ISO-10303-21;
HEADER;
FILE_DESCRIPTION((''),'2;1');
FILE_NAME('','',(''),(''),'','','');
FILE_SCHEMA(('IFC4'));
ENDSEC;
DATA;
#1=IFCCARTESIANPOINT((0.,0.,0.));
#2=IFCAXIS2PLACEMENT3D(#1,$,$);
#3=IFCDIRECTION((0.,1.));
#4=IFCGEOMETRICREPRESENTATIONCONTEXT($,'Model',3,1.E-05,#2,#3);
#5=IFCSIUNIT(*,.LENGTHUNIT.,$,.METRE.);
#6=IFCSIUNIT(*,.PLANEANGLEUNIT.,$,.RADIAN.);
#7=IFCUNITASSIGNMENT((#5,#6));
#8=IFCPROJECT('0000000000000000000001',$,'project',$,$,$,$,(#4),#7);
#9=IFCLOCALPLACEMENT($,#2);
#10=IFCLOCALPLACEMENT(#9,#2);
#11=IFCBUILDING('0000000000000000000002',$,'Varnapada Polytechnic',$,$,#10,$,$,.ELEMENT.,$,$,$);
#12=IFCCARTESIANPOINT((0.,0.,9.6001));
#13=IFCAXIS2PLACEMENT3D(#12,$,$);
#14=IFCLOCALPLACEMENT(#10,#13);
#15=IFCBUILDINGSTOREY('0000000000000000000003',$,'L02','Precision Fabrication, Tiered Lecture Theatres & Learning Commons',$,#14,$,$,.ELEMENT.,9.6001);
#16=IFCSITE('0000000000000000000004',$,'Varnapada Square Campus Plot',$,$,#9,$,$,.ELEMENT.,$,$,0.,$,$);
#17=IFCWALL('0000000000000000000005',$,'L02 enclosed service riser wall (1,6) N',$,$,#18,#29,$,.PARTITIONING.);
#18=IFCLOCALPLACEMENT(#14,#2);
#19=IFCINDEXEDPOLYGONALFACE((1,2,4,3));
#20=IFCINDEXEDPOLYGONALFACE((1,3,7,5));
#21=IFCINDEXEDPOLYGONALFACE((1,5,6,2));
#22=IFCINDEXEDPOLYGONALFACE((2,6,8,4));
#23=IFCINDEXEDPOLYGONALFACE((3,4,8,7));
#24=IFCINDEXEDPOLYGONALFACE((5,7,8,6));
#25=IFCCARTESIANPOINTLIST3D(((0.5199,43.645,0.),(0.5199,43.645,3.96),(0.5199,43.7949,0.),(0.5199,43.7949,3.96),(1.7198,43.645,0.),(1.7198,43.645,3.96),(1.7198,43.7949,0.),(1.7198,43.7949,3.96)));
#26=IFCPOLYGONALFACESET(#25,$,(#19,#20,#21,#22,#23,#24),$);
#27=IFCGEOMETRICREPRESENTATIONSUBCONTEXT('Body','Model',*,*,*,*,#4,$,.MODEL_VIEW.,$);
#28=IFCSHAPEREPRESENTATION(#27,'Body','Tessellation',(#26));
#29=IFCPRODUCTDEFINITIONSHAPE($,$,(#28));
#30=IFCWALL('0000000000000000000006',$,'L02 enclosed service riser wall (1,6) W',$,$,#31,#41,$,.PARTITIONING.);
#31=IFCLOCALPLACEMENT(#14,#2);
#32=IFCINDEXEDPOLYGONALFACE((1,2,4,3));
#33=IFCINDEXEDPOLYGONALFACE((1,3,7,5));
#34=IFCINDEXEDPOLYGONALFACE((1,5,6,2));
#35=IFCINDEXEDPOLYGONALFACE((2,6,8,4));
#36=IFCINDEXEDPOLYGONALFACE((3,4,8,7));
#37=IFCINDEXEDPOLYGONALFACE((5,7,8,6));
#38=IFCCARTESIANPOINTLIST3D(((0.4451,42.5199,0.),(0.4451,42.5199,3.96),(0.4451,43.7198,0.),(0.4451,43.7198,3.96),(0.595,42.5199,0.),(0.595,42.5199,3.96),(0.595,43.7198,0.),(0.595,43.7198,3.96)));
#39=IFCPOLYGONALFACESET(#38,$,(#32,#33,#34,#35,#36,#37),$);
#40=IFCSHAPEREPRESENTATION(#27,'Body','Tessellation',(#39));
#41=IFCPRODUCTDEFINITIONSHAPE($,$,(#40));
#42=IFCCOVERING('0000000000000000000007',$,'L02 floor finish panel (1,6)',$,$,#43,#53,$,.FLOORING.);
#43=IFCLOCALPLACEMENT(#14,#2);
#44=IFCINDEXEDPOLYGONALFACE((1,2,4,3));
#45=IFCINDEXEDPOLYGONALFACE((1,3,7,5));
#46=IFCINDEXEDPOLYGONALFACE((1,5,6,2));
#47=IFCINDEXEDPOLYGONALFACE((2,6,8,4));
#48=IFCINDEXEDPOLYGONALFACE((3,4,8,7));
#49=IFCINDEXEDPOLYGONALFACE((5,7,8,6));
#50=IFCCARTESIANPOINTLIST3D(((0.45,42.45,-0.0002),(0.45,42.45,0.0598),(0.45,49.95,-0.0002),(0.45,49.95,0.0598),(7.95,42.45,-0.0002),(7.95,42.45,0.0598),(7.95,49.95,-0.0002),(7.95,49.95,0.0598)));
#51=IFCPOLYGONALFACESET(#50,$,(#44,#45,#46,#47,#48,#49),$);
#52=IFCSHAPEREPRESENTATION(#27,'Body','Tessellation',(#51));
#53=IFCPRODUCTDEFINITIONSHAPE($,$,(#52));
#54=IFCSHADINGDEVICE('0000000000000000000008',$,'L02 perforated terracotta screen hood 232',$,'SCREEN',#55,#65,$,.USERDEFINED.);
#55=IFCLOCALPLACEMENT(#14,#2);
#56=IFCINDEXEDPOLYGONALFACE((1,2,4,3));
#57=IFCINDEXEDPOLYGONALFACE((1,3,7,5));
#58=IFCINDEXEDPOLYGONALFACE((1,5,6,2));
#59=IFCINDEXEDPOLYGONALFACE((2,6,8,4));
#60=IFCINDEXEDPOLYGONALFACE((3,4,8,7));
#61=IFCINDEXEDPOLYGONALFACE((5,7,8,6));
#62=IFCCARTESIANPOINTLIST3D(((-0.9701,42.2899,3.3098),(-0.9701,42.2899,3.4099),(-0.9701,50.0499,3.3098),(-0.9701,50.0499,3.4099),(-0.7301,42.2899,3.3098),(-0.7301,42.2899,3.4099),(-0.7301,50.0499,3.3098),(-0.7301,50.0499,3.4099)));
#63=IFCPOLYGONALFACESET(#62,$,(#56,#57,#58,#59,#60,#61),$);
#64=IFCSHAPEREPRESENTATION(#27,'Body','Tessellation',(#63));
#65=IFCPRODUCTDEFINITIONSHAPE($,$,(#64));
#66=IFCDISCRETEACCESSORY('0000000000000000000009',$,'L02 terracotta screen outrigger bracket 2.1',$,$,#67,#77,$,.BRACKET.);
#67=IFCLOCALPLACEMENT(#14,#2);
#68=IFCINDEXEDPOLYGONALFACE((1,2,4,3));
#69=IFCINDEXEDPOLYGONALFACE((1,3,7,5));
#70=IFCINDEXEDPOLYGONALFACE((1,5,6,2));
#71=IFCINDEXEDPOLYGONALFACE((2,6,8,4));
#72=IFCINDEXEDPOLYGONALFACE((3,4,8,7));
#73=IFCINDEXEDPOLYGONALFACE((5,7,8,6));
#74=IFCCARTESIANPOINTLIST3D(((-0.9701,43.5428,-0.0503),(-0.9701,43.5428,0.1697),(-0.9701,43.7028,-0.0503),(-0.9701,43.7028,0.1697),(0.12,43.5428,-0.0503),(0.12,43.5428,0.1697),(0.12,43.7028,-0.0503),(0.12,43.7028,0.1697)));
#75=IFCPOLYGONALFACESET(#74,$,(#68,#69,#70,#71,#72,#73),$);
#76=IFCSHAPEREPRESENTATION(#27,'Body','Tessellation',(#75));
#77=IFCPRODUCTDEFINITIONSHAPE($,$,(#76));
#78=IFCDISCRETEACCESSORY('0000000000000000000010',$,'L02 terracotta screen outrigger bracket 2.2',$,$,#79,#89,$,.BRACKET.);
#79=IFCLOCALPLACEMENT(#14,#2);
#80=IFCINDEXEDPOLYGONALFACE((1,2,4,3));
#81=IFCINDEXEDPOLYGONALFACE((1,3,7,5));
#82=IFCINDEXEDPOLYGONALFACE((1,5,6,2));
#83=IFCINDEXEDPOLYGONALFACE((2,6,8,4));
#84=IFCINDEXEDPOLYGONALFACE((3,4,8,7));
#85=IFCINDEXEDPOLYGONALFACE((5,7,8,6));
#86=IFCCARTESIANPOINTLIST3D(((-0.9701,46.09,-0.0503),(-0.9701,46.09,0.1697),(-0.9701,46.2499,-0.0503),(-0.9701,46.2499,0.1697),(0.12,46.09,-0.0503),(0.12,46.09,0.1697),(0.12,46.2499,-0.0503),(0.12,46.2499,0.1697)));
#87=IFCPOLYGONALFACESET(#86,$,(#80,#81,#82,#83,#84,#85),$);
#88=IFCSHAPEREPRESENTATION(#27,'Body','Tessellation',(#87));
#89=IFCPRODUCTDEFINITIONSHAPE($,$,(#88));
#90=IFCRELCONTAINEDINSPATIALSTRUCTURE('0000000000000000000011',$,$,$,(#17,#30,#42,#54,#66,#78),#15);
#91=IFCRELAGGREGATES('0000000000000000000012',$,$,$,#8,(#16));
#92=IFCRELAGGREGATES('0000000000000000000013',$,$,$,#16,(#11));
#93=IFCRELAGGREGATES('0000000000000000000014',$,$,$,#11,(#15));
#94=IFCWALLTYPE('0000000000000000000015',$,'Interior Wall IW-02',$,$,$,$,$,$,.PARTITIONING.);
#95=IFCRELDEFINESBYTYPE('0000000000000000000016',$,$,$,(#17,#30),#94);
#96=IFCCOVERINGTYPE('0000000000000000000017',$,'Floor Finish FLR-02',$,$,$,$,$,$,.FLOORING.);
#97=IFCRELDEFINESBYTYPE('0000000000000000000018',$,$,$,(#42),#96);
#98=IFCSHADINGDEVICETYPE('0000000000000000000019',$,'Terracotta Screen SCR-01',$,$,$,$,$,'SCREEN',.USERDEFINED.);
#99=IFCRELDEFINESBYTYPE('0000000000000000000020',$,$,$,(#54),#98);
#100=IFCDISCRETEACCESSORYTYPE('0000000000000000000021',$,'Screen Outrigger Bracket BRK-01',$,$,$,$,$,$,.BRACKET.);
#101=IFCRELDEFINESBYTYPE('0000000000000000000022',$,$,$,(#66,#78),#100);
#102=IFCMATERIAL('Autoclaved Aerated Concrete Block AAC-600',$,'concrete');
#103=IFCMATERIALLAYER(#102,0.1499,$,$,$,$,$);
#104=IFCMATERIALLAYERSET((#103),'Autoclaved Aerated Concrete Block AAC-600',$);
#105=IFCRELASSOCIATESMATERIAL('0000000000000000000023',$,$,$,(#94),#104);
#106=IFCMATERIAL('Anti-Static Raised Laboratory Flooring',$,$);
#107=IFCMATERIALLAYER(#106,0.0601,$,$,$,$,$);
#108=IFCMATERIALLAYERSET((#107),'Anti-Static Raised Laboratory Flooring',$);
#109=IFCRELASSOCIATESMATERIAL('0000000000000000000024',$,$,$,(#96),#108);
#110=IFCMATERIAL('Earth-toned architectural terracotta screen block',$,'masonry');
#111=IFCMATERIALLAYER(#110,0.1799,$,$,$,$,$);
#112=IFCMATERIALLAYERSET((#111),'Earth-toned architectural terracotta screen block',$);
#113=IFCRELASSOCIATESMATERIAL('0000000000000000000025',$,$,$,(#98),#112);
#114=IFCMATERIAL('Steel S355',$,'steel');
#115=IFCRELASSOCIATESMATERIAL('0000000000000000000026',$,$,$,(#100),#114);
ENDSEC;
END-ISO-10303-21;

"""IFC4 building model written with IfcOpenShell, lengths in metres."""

from ifc_helpers import new_model, si_unit, direction, frame, frame_2d, origin, origin_2d, place, context, subcontext, project, spatial, rectangle, extrude, material, layer, layer_set, type_object, element, save


model = new_model("IFC4")

# Units and contexts
model_context = context("Model", 3, precision=1e-05, world=origin(), true_north=direction((0.0, 1.0)))
body_context = subcontext(model_context, "Body", "Model", "MODEL_VIEW")
ifc_project = project(units=[si_unit("LENGTHUNIT", "METRE"), si_unit("PLANEANGLEUNIT", "RADIAN")], contexts=[model_context])

# Site, building, storey
site_placement = place(None, origin())
site = spatial("IfcSite", under=ifc_project, at=site_placement, Name="Varnapada Square Campus Plot", CompositionType="ELEMENT", RefElevation=0.0)
building_placement = place(site_placement, origin())
building = spatial("IfcBuilding", under=site, at=building_placement, Name="Varnapada Polytechnic", CompositionType="ELEMENT")
storey_placement = place(building_placement, frame((0.0, 0.0, 9.6001)))
storey = spatial("IfcBuildingStorey", under=building, at=storey_placement, Name="L02", Description="Precision Fabrication, Tiered Lecture Theatres & Learning Commons", CompositionType="ELEMENT", Elevation=9.6001)

# Walls
ifc_material_1 = material(Name="Autoclaved Aerated Concrete Block AAC-600", Category="concrete")
ifc_layer_1 = layer(ifc_material_1, 0.1499)
ifc_layer_set_1 = layer_set([ifc_layer_1], Name="Autoclaved Aerated Concrete Block AAC-600")
wall_type = type_object("IfcWallType", Name="Interior Wall IW-02", PredefinedType="PARTITIONING", material=ifc_layer_set_1)
for number, where, z_axis, x_axis, name in (
    (1, (1.72, 43.72, 0.0), (0.0, 0.0, 1.0), (-1.0, 0.0, 0.0), "L02 enclosed service riser wall (1,6) N"),
    (2, (0.52, 43.72, 0.0), (0.0, 0.0, 1.0), (0.0, -1.0, 0.0), "L02 enclosed service riser wall (1,6) W"),
):
    element("IfcWall", number, at=place(storey_placement, frame(where, z_axis=z_axis, x_axis=x_axis)), inside=storey, type_object=wall_type, Name=name, PredefinedType="PARTITIONING", context=body_context, shape_type="SweptSolid", body=[
        extrude(rectangle(XDim=1.2, YDim=0.1499, at=frame_2d((0.6001, 0.0))), origin(), (0.0, 0.0, 1.0), 3.96),
    ])

# Covering
ifc_material_2 = material(Name="Anti-Static Raised Laboratory Flooring")
ifc_layer_2 = layer(ifc_material_2, 0.0601)
ifc_layer_set_2 = layer_set([ifc_layer_2], Name="Anti-Static Raised Laboratory Flooring")
covering_type = type_object("IfcCoveringType", Name="Floor Finish FLR-02", PredefinedType="FLOORING", material=ifc_layer_set_2)
covering_placement = place(storey_placement, frame((4.2, 46.2, -0.0002), z_axis=(0.0, 0.0, 1.0), x_axis=(1.0, 0.0, 0.0)))
element("IfcCovering", 3, at=covering_placement, inside=storey, type_object=covering_type, Name="L02 floor finish panel (1,6)", PredefinedType="FLOORING", context=body_context, shape_type="SweptSolid", body=[
    extrude(rectangle(XDim=7.5, YDim=7.5, at=origin_2d()), origin(), (0.0, 0.0, 1.0), 0.0601),
])

# Shading device
ifc_material_3 = material(Name="Earth-toned architectural terracotta screen block", Category="masonry")
ifc_layer_3 = layer(ifc_material_3, 0.1799)
ifc_layer_set_3 = layer_set([ifc_layer_3], Name="Earth-toned architectural terracotta screen block")
shading_device_type = type_object("IfcShadingDeviceType", Name="Terracotta Screen SCR-01", ElementType="SCREEN", PredefinedType="USERDEFINED", material=ifc_layer_set_3)
shading_device_placement = place(storey_placement, frame((-0.8501, 46.1699, 3.3098), z_axis=(0.0, 0.0, 1.0), x_axis=(0.0, 1.0, 0.0)))
element("IfcShadingDevice", 4, at=shading_device_placement, inside=storey, type_object=shading_device_type, Name="L02 perforated terracotta screen hood 232", ObjectType="SCREEN", PredefinedType="USERDEFINED", context=body_context, shape_type="SweptSolid", body=[
    extrude(rectangle(XDim=7.76, YDim=0.24, at=origin_2d()), origin(), (0.0, 0.0, 1.0), 0.1001),
])

# Discrete accessories
ifc_material_4 = material(Name="Steel S355", Category="steel")
discrete_accessory_type = type_object("IfcDiscreteAccessoryType", Name="Screen Outrigger Bracket BRK-01", PredefinedType="BRACKET", material=ifc_material_4)
for number, where, z_axis, x_axis, name in (
    (5, (-0.425, 43.6228, -0.0503), (0.0, 0.0, 1.0), (0.0, 1.0, 0.0), "L02 terracotta screen outrigger bracket 2.1"),
    (6, (-0.425, 46.1699, -0.0503), (0.0, 0.0, 1.0), (0.0, 1.0, 0.0), "L02 terracotta screen outrigger bracket 2.2"),
):
    element("IfcDiscreteAccessory", number, at=place(storey_placement, frame(where, z_axis=z_axis, x_axis=x_axis)), inside=storey, type_object=discrete_accessory_type, Name=name, PredefinedType="BRACKET", context=body_context, shape_type="SweptSolid", body=[
        extrude(rectangle(XDim=0.1599, YDim=1.0901, at=origin_2d()), origin(), (0.0, 0.0, 1.0), 0.22),
    ])

save(model, "model.ifc")
